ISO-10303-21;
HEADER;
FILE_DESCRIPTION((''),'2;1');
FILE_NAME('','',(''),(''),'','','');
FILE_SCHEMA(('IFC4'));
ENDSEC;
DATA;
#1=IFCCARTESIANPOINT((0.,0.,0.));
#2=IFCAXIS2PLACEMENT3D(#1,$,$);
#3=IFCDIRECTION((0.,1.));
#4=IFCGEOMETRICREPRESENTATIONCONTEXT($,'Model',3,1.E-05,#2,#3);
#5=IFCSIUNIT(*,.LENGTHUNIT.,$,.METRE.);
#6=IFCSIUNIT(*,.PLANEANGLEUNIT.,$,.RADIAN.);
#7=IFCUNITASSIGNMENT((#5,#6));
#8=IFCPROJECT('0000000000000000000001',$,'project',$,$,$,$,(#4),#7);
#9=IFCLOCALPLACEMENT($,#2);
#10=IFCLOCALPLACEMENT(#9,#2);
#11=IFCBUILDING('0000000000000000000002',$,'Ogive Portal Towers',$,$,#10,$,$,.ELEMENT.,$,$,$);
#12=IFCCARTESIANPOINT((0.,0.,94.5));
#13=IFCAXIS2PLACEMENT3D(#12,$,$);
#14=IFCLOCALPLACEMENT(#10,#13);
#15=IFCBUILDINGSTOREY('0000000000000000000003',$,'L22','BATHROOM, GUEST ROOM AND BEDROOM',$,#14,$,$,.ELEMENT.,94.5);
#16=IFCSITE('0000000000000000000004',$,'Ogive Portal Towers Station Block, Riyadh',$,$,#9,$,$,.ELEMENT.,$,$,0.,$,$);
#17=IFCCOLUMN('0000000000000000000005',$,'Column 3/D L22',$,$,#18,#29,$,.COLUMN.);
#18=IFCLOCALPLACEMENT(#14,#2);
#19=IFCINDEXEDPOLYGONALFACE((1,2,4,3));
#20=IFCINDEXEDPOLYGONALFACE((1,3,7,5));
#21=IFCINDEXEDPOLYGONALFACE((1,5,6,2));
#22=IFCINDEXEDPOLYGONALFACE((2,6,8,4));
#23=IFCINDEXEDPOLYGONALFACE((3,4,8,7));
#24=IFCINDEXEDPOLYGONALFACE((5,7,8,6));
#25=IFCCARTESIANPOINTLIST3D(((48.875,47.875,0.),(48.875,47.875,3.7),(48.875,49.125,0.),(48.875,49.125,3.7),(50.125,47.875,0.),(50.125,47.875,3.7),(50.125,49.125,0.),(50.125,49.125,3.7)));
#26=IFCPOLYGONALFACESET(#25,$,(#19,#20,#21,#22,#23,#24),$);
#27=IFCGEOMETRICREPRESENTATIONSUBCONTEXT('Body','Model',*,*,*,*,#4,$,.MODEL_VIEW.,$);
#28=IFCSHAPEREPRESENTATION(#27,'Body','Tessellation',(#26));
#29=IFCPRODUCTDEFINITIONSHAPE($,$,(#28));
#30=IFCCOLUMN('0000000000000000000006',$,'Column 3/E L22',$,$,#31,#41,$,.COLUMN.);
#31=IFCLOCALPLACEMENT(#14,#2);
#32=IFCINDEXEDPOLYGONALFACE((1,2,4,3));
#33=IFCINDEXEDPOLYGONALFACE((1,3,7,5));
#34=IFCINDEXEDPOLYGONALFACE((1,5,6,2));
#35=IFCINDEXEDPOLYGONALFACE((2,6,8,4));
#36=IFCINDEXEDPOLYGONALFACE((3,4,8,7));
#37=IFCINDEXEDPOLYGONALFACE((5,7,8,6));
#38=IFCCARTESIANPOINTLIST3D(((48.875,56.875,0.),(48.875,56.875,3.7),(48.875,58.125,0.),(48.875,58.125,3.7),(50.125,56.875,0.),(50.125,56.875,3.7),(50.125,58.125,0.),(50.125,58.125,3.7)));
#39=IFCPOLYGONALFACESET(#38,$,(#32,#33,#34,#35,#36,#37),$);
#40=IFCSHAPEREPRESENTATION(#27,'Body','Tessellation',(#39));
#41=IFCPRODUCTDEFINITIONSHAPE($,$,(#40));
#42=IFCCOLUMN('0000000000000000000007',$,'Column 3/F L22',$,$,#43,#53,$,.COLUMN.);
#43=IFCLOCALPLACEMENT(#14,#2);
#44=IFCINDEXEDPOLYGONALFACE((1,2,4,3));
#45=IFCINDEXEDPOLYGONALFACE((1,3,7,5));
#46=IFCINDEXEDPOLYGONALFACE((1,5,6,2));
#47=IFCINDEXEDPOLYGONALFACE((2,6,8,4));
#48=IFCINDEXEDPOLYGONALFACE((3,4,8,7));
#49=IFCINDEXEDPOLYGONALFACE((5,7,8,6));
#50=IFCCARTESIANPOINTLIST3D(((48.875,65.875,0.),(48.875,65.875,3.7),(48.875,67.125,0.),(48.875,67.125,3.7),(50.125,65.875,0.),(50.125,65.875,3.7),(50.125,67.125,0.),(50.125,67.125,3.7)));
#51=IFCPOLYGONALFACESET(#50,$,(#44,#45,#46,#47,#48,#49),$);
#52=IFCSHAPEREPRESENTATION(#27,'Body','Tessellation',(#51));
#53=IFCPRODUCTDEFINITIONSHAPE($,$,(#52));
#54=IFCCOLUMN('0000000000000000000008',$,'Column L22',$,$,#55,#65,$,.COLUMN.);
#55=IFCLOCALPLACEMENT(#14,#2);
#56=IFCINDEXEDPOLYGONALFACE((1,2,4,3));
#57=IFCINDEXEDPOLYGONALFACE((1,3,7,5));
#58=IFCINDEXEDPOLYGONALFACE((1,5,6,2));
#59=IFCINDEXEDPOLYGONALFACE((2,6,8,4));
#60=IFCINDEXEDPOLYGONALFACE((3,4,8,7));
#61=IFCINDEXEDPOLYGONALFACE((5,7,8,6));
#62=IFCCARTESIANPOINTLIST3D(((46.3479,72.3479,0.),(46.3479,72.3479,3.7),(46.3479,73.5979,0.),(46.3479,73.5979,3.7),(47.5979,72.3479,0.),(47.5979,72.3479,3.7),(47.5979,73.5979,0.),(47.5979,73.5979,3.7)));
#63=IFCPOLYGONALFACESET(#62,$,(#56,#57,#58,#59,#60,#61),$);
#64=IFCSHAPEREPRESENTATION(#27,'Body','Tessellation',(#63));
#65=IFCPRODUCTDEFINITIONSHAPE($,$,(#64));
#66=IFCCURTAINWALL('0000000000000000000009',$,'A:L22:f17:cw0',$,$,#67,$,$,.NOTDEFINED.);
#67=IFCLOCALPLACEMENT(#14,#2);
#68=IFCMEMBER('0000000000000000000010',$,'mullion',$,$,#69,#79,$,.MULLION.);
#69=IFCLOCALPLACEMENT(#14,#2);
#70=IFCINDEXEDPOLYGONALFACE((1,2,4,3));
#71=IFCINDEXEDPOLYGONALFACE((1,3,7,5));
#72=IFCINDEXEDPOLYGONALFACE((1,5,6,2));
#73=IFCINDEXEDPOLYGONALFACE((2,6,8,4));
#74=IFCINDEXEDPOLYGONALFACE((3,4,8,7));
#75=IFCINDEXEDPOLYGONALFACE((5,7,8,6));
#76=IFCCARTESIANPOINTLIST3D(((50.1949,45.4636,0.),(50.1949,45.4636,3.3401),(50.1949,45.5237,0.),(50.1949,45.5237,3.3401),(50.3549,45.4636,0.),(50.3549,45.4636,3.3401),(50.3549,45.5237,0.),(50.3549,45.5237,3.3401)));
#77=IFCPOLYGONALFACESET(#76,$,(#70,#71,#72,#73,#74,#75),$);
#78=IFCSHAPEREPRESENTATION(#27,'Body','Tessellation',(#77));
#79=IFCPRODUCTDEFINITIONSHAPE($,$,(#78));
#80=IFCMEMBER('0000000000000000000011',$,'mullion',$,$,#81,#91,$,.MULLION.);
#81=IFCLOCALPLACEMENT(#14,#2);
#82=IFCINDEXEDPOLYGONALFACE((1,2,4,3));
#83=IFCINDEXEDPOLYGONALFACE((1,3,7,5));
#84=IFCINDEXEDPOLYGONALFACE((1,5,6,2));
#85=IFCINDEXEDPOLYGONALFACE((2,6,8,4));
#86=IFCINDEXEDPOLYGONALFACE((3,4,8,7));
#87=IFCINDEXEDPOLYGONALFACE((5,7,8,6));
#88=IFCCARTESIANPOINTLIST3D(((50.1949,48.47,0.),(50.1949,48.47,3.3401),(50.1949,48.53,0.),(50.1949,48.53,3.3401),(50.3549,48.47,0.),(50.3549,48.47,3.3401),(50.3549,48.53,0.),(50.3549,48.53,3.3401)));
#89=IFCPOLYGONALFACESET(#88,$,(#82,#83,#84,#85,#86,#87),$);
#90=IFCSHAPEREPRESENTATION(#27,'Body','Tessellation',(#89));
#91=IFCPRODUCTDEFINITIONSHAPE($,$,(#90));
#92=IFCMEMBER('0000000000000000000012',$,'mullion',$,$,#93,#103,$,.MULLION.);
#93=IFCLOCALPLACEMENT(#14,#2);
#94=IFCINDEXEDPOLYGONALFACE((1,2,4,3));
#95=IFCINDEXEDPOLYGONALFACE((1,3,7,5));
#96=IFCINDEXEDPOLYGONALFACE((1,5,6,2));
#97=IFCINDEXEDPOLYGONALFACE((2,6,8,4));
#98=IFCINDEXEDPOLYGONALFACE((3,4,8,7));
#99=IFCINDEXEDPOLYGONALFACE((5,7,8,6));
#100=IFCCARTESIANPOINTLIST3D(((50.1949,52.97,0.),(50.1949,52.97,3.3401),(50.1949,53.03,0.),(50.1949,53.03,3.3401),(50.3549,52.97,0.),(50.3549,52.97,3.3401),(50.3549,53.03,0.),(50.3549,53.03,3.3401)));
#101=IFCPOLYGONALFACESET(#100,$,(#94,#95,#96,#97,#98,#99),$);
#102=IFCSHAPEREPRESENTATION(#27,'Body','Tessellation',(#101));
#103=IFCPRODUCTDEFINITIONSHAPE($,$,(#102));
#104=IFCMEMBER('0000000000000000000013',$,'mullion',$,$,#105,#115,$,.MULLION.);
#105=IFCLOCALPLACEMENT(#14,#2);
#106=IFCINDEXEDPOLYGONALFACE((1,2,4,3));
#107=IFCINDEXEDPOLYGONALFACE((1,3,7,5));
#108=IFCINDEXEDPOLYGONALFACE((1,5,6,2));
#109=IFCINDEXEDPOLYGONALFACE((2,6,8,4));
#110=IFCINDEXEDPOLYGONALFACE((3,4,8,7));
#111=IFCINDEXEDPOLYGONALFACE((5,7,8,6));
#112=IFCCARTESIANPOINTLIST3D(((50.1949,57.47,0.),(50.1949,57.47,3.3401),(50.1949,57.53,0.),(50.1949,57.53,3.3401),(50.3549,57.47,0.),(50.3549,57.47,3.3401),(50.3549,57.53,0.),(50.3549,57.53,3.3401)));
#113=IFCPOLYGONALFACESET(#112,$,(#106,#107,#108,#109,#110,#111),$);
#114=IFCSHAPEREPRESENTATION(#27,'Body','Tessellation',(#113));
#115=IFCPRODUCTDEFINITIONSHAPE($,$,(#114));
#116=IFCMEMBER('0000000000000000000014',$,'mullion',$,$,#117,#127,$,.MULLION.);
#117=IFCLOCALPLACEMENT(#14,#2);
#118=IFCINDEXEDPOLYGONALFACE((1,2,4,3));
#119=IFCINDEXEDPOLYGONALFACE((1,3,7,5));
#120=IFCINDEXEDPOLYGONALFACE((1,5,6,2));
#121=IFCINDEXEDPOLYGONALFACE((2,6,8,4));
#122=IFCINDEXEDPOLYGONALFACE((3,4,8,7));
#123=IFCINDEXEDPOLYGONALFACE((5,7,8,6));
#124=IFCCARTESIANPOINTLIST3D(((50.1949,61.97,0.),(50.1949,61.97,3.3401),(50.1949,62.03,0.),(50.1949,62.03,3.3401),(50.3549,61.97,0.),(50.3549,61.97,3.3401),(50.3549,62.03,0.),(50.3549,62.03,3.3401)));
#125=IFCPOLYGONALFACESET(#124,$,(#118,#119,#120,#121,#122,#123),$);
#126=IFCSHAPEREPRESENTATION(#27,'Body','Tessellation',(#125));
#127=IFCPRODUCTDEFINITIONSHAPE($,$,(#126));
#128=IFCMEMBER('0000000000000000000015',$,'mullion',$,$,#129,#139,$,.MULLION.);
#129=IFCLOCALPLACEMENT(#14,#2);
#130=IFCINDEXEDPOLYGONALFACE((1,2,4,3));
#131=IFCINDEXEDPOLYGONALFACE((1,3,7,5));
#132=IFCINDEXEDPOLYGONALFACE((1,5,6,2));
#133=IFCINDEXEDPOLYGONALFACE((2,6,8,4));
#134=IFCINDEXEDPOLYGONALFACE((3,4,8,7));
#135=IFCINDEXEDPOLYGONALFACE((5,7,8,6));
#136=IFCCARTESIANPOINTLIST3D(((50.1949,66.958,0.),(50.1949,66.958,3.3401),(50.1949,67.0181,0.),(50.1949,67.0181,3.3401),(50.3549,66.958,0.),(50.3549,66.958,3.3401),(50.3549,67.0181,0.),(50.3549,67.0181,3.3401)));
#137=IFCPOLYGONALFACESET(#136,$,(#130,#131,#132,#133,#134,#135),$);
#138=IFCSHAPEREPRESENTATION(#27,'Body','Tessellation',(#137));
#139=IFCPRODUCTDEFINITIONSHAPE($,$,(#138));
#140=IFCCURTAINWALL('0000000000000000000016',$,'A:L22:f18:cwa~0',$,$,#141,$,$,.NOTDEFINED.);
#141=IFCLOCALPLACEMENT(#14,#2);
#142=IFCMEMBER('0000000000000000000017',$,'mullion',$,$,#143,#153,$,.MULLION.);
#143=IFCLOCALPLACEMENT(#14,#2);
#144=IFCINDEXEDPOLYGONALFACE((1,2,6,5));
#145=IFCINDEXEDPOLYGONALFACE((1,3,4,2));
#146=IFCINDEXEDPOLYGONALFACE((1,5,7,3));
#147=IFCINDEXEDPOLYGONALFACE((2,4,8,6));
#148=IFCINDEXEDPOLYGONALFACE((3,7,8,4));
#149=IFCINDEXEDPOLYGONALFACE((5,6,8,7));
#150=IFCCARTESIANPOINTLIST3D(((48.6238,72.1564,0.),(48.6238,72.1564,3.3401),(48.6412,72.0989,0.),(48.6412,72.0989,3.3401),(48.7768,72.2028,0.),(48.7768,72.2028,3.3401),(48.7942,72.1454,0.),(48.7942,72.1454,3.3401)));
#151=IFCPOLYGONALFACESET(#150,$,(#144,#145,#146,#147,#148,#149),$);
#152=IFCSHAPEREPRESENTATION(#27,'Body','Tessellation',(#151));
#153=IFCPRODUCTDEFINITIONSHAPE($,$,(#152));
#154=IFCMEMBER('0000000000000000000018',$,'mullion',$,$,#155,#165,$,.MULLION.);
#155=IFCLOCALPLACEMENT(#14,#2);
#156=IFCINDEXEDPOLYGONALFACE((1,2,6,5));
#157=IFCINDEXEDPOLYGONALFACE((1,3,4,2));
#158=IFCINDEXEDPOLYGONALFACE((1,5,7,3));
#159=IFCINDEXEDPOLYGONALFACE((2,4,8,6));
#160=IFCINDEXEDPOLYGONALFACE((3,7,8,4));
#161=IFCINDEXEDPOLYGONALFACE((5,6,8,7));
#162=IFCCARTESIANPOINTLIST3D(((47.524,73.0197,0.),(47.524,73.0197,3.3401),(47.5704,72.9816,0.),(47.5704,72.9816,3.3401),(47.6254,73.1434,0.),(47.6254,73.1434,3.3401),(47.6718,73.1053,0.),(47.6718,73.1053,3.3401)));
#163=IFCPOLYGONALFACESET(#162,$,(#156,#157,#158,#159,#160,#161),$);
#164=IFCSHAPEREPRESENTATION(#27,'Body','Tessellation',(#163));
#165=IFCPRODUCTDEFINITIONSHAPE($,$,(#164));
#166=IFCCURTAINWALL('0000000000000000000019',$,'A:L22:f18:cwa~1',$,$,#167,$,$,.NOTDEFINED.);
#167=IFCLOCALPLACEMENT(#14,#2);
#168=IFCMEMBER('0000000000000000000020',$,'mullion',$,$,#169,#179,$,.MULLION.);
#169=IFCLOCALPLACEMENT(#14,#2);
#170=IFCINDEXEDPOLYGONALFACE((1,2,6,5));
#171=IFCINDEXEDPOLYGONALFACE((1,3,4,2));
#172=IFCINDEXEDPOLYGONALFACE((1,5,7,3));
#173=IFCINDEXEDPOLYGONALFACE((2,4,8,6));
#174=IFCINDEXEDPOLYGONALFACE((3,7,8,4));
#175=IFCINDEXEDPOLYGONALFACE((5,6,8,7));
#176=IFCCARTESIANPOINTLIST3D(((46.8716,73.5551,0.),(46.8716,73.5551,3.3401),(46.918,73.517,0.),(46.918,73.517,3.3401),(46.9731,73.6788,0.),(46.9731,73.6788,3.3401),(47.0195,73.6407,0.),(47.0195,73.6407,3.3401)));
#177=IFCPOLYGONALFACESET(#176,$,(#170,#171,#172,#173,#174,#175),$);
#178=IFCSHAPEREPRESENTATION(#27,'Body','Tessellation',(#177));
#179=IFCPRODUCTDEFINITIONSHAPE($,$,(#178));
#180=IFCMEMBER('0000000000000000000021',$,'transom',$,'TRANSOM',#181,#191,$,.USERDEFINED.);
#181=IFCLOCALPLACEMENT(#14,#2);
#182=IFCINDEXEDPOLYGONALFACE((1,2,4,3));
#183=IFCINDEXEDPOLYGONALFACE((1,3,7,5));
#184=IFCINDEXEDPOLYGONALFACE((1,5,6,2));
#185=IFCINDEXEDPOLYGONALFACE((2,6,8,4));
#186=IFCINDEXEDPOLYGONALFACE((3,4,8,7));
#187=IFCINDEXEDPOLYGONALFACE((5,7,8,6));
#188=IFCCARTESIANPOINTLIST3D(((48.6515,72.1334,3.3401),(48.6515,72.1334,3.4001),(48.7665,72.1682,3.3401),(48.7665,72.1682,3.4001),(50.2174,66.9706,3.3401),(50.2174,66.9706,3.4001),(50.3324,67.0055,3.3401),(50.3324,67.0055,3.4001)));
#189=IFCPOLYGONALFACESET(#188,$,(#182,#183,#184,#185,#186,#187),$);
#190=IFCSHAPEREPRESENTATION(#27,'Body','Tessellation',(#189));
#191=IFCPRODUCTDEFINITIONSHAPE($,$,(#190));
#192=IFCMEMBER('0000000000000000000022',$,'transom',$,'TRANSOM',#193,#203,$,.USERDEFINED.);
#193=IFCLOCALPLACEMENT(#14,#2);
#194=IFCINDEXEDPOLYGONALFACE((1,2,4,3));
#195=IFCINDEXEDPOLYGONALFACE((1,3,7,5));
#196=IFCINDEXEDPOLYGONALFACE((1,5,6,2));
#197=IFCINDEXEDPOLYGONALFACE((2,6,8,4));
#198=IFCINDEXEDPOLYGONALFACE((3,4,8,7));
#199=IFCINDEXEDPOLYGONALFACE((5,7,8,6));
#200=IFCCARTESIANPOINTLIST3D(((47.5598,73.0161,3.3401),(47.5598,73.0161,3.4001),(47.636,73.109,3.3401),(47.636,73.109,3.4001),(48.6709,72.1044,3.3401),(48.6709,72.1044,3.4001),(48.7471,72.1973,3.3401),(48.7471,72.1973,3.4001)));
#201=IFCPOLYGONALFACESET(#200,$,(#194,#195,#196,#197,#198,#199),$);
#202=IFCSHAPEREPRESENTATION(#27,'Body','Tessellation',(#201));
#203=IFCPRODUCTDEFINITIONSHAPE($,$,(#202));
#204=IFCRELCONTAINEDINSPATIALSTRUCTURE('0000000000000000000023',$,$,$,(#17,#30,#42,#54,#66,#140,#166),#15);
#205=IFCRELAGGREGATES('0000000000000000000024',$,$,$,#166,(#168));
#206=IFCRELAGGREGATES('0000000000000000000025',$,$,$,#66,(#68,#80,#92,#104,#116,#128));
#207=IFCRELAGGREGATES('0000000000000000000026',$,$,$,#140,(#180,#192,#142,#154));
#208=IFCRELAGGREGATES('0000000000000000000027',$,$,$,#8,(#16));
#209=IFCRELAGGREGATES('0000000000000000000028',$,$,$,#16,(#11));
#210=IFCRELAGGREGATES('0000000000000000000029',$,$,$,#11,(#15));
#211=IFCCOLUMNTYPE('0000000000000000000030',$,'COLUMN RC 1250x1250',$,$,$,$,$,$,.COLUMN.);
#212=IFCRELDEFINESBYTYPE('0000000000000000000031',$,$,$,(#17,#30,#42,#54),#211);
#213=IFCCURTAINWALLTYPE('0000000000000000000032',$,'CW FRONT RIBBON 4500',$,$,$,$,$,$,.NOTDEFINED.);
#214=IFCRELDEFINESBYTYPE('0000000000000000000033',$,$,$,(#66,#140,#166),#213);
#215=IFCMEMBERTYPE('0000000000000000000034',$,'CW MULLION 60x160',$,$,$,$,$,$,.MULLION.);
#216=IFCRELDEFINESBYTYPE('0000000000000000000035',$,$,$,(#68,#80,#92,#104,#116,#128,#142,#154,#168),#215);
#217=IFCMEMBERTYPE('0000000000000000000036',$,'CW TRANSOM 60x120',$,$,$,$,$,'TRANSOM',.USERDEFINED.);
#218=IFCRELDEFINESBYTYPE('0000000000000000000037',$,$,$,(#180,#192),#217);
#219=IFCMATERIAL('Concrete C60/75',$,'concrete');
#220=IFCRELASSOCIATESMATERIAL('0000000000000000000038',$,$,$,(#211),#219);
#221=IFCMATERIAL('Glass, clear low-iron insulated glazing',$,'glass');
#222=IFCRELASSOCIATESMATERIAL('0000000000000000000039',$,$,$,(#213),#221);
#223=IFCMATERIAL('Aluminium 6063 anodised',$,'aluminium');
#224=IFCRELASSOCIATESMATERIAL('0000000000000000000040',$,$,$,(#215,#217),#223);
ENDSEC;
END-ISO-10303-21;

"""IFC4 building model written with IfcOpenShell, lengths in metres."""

from ifc_helpers import new_model, si_unit, direction, frame, origin, origin_2d, place, context, subcontext, project, spatial, rectangle, extrude, material, material_profile, profile_set, type_object, element, aggregate, save


model = new_model("IFC4")

# Units and contexts
model_context = context("Model", 3, precision=1e-05, world=origin(), true_north=direction((0.0, 1.0)))
body_context = subcontext(model_context, "Body", "Model", "MODEL_VIEW")
ifc_project = project(units=[si_unit("LENGTHUNIT", "METRE"), si_unit("PLANEANGLEUNIT", "RADIAN")], contexts=[model_context])

# Site, building, storey
site_placement = place(None, origin())
site = spatial("IfcSite", under=ifc_project, at=site_placement, Name="Ogive Portal Towers Station Block, Riyadh", CompositionType="ELEMENT", RefElevation=0.0)
building_placement = place(site_placement, origin())
building = spatial("IfcBuilding", under=site, at=building_placement, Name="Ogive Portal Towers", CompositionType="ELEMENT")
storey_placement = place(building_placement, frame((0.0, 0.0, 94.5)))
storey = spatial("IfcBuildingStorey", under=building, at=storey_placement, Name="L22", Description="BATHROOM, GUEST ROOM AND BEDROOM", CompositionType="ELEMENT", Elevation=94.5)

# Columns
ifc_material_1 = material(Name="Concrete C60/75", Category="concrete")
ifc_material_profile_1 = material_profile(ifc_material_1, rectangle(XDim=1.25, YDim=1.25, at=origin_2d()), Name="RC 1250x1250")
ifc_profile_set_1 = profile_set([ifc_material_profile_1], Name="Concrete C60/75")
column_type = type_object("IfcColumnType", Name="COLUMN RC 1250x1250", PredefinedType="COLUMN", material=ifc_profile_set_1)
for number, where, z_axis, x_axis, name in (
    (1, (49.5, 48.5, 0.0), (0.0, 0.0, 1.0), (1.0, 0.0, 0.0), "Column 3/D L22"),
    (2, (49.5, 57.5, 0.0), (0.0, 0.0, 1.0), (1.0, 0.0, 0.0), "Column 3/E L22"),
    (3, (49.5, 66.5, 0.0), (0.0, 0.0, 1.0), (1.0, 0.0, 0.0), "Column 3/F L22"),
    (4, (46.9729, 72.9729, 0.0), (0.0, 0.0, 1.0), (1.0, 0.0, 0.0), "Column L22"),
):
    element("IfcColumn", number, at=place(storey_placement, frame(where, z_axis=z_axis, x_axis=x_axis)), inside=storey, type_object=column_type, Name=name, PredefinedType="COLUMN", context=body_context, shape_type="SweptSolid", body=[
        extrude(rectangle(XDim=1.25, YDim=1.25, at=origin_2d()), origin(), (0.0, 0.0, 1.0), 3.7),
    ])

# Curtain walls, members
ifc_material_2 = material(Name="Glass, clear low-iron insulated glazing", Category="glass")
curtain_wall_type = type_object("IfcCurtainWallType", Name="CW FRONT RIBBON 4500", PredefinedType="NOTDEFINED", material=ifc_material_2)
curtain_wall_1_placement = place(storey_placement, origin())
curtain_wall_1 = element("IfcCurtainWall", 5, at=curtain_wall_1_placement, inside=storey, type_object=curtain_wall_type, Name="A:L22:f17:cw0", PredefinedType="NOTDEFINED")
ifc_material_3 = material(Name="Aluminium 6063 anodised", Category="aluminium")
ifc_material_profile_2 = material_profile(ifc_material_3, rectangle(XDim=0.1599, YDim=0.0601, at=origin_2d()), Name="AL 60x160")
ifc_profile_set_2 = profile_set([ifc_material_profile_2], Name="Aluminium 6063 anodised")
member_type_1 = type_object("IfcMemberType", Name="CW MULLION 60x160", PredefinedType="MULLION", material=ifc_profile_set_2)
member_1_placement = place(storey_placement, frame((50.2749, 45.4937, 0.0), z_axis=(0.0, 0.0, 1.0), x_axis=(-1.0, 0.0, 0.0)))
member_1 = element("IfcMember", 6, at=member_1_placement, type_object=member_type_1, Name="mullion", PredefinedType="MULLION", context=body_context, shape_type="SweptSolid", body=[
    extrude(rectangle(XDim=0.1599, YDim=0.0601, at=origin_2d()), origin(), (0.0, 0.0, 1.0), 3.3401),
])
member_2_placement = place(storey_placement, frame((50.2749, 48.5, 0.0), z_axis=(0.0, 0.0, 1.0), x_axis=(-1.0, 0.0, 0.0)))
member_2 = element("IfcMember", 7, at=member_2_placement, type_object=member_type_1, Name="mullion", PredefinedType="MULLION", context=body_context, shape_type="SweptSolid", body=[
    extrude(rectangle(XDim=0.1599, YDim=0.0601, at=origin_2d()), origin(), (0.0, 0.0, 1.0), 3.3401),
])
member_3_placement = place(storey_placement, frame((50.2749, 53.0, 0.0), z_axis=(0.0, 0.0, 1.0), x_axis=(-1.0, 0.0, 0.0)))
member_3 = element("IfcMember", 8, at=member_3_placement, type_object=member_type_1, Name="mullion", PredefinedType="MULLION", context=body_context, shape_type="SweptSolid", body=[
    extrude(rectangle(XDim=0.1599, YDim=0.0601, at=origin_2d()), origin(), (0.0, 0.0, 1.0), 3.3401),
])
member_4_placement = place(storey_placement, frame((50.2749, 57.5, 0.0), z_axis=(0.0, 0.0, 1.0), x_axis=(-1.0, 0.0, 0.0)))
member_4 = element("IfcMember", 9, at=member_4_placement, type_object=member_type_1, Name="mullion", PredefinedType="MULLION", context=body_context, shape_type="SweptSolid", body=[
    extrude(rectangle(XDim=0.1599, YDim=0.0601, at=origin_2d()), origin(), (0.0, 0.0, 1.0), 3.3401),
])
member_5_placement = place(storey_placement, frame((50.2749, 62.0, 0.0), z_axis=(0.0, 0.0, 1.0), x_axis=(-1.0, 0.0, 0.0)))
member_5 = element("IfcMember", 10, at=member_5_placement, type_object=member_type_1, Name="mullion", PredefinedType="MULLION", context=body_context, shape_type="SweptSolid", body=[
    extrude(rectangle(XDim=0.1599, YDim=0.0601, at=origin_2d()), origin(), (0.0, 0.0, 1.0), 3.3401),
])
member_6_placement = place(storey_placement, frame((50.2749, 66.988, 0.0), z_axis=(0.0, 0.0, 1.0), x_axis=(-1.0, 0.0, 0.0)))
member_6 = element("IfcMember", 11, at=member_6_placement, type_object=member_type_1, Name="mullion", PredefinedType="MULLION", context=body_context, shape_type="SweptSolid", body=[
    extrude(rectangle(XDim=0.1599, YDim=0.0601, at=origin_2d()), origin(), (0.0, 0.0, 1.0), 3.3401),
])
curtain_wall_2_placement = place(storey_placement, origin())
curtain_wall_2 = element("IfcCurtainWall", 12, at=curtain_wall_2_placement, inside=storey, type_object=curtain_wall_type, Name="A:L22:f18:cwa~0", PredefinedType="NOTDEFINED")
member_7_placement = place(storey_placement, frame((48.709, 72.1509, 0.0), z_axis=(0.0, 0.0, 1.0), x_axis=(-0.95694, -0.290285, 0.0)))
member_7 = element("IfcMember", 13, at=member_7_placement, type_object=member_type_1, Name="mullion", PredefinedType="MULLION", context=body_context, shape_type="SweptSolid", body=[
    extrude(rectangle(XDim=0.1599, YDim=0.0601, at=origin_2d()), origin(), (0.0, 0.0, 1.0), 3.3401),
])
member_8_placement = place(storey_placement, frame((47.5979, 73.0625, 0.0), z_axis=(0.0, 0.0, 1.0), x_axis=(-0.634393, -0.77301, 0.0)))
member_8 = element("IfcMember", 14, at=member_8_placement, type_object=member_type_1, Name="mullion", PredefinedType="MULLION", context=body_context, shape_type="SweptSolid", body=[
    extrude(rectangle(XDim=0.1599, YDim=0.0601, at=origin_2d()), origin(), (0.0, 0.0, 1.0), 3.3401),
])

# Curtain wall, member
curtain_wall_3_placement = place(storey_placement, origin())
curtain_wall_3 = element("IfcCurtainWall", 15, at=curtain_wall_3_placement, inside=storey, type_object=curtain_wall_type, Name="A:L22:f18:cwa~1", PredefinedType="NOTDEFINED")
member_9_placement = place(storey_placement, frame((46.9456, 73.5979, 0.0), z_axis=(0.0, 0.0, 1.0), x_axis=(-0.634393, -0.77301, 0.0)))
member_9 = element("IfcMember", 16, at=member_9_placement, type_object=member_type_1, Name="mullion", PredefinedType="MULLION", context=body_context, shape_type="SweptSolid", body=[
    extrude(rectangle(XDim=0.1599, YDim=0.0601, at=origin_2d()), origin(), (0.0, 0.0, 1.0), 3.3401),
])

# Members
ifc_material_profile_3 = material_profile(ifc_material_3, rectangle(XDim=0.1201, YDim=0.0601, at=origin_2d()), Name="AL 120x60")
ifc_profile_set_3 = profile_set([ifc_material_profile_3], Name="Aluminium 6063 anodised")
member_type_2 = type_object("IfcMemberType", Name="CW TRANSOM 60x120", ElementType="TRANSOM", PredefinedType="USERDEFINED", material=ifc_profile_set_3)
member_10_placement = place(storey_placement, frame((50.2749, 66.988, 3.3701), z_axis=(-0.290249, 0.956951, 0.0), x_axis=(-0.956951, -0.290249, 0.0)))
member_10 = element("IfcMember", 17, at=member_10_placement, type_object=member_type_2, Name="transom", ObjectType="TRANSOM", PredefinedType="USERDEFINED", context=body_context, shape_type="SweptSolid", body=[
    extrude(rectangle(XDim=0.1201, YDim=0.0601, at=origin_2d()), origin(), (0.0, 0.0, 1.0), 5.395),
])
member_11_placement = place(storey_placement, frame((48.709, 72.1509, 3.3701), z_axis=(-0.773086, 0.634301, 0.0), x_axis=(-0.634301, -0.773086, 0.0)))
member_11 = element("IfcMember", 18, at=member_11_placement, type_object=member_type_2, Name="transom", ObjectType="TRANSOM", PredefinedType="USERDEFINED", context=body_context, shape_type="SweptSolid", body=[
    extrude(rectangle(XDim=0.1201, YDim=0.0601, at=origin_2d()), origin(), (0.0, 0.0, 1.0), 1.4373),
])
aggregate(curtain_wall_3, [member_9])

aggregate(curtain_wall_1, [member_1, member_2, member_3, member_4, member_5, member_6])
aggregate(curtain_wall_2, [member_10, member_11, member_7, member_8])

save(model, "model.ifc")
